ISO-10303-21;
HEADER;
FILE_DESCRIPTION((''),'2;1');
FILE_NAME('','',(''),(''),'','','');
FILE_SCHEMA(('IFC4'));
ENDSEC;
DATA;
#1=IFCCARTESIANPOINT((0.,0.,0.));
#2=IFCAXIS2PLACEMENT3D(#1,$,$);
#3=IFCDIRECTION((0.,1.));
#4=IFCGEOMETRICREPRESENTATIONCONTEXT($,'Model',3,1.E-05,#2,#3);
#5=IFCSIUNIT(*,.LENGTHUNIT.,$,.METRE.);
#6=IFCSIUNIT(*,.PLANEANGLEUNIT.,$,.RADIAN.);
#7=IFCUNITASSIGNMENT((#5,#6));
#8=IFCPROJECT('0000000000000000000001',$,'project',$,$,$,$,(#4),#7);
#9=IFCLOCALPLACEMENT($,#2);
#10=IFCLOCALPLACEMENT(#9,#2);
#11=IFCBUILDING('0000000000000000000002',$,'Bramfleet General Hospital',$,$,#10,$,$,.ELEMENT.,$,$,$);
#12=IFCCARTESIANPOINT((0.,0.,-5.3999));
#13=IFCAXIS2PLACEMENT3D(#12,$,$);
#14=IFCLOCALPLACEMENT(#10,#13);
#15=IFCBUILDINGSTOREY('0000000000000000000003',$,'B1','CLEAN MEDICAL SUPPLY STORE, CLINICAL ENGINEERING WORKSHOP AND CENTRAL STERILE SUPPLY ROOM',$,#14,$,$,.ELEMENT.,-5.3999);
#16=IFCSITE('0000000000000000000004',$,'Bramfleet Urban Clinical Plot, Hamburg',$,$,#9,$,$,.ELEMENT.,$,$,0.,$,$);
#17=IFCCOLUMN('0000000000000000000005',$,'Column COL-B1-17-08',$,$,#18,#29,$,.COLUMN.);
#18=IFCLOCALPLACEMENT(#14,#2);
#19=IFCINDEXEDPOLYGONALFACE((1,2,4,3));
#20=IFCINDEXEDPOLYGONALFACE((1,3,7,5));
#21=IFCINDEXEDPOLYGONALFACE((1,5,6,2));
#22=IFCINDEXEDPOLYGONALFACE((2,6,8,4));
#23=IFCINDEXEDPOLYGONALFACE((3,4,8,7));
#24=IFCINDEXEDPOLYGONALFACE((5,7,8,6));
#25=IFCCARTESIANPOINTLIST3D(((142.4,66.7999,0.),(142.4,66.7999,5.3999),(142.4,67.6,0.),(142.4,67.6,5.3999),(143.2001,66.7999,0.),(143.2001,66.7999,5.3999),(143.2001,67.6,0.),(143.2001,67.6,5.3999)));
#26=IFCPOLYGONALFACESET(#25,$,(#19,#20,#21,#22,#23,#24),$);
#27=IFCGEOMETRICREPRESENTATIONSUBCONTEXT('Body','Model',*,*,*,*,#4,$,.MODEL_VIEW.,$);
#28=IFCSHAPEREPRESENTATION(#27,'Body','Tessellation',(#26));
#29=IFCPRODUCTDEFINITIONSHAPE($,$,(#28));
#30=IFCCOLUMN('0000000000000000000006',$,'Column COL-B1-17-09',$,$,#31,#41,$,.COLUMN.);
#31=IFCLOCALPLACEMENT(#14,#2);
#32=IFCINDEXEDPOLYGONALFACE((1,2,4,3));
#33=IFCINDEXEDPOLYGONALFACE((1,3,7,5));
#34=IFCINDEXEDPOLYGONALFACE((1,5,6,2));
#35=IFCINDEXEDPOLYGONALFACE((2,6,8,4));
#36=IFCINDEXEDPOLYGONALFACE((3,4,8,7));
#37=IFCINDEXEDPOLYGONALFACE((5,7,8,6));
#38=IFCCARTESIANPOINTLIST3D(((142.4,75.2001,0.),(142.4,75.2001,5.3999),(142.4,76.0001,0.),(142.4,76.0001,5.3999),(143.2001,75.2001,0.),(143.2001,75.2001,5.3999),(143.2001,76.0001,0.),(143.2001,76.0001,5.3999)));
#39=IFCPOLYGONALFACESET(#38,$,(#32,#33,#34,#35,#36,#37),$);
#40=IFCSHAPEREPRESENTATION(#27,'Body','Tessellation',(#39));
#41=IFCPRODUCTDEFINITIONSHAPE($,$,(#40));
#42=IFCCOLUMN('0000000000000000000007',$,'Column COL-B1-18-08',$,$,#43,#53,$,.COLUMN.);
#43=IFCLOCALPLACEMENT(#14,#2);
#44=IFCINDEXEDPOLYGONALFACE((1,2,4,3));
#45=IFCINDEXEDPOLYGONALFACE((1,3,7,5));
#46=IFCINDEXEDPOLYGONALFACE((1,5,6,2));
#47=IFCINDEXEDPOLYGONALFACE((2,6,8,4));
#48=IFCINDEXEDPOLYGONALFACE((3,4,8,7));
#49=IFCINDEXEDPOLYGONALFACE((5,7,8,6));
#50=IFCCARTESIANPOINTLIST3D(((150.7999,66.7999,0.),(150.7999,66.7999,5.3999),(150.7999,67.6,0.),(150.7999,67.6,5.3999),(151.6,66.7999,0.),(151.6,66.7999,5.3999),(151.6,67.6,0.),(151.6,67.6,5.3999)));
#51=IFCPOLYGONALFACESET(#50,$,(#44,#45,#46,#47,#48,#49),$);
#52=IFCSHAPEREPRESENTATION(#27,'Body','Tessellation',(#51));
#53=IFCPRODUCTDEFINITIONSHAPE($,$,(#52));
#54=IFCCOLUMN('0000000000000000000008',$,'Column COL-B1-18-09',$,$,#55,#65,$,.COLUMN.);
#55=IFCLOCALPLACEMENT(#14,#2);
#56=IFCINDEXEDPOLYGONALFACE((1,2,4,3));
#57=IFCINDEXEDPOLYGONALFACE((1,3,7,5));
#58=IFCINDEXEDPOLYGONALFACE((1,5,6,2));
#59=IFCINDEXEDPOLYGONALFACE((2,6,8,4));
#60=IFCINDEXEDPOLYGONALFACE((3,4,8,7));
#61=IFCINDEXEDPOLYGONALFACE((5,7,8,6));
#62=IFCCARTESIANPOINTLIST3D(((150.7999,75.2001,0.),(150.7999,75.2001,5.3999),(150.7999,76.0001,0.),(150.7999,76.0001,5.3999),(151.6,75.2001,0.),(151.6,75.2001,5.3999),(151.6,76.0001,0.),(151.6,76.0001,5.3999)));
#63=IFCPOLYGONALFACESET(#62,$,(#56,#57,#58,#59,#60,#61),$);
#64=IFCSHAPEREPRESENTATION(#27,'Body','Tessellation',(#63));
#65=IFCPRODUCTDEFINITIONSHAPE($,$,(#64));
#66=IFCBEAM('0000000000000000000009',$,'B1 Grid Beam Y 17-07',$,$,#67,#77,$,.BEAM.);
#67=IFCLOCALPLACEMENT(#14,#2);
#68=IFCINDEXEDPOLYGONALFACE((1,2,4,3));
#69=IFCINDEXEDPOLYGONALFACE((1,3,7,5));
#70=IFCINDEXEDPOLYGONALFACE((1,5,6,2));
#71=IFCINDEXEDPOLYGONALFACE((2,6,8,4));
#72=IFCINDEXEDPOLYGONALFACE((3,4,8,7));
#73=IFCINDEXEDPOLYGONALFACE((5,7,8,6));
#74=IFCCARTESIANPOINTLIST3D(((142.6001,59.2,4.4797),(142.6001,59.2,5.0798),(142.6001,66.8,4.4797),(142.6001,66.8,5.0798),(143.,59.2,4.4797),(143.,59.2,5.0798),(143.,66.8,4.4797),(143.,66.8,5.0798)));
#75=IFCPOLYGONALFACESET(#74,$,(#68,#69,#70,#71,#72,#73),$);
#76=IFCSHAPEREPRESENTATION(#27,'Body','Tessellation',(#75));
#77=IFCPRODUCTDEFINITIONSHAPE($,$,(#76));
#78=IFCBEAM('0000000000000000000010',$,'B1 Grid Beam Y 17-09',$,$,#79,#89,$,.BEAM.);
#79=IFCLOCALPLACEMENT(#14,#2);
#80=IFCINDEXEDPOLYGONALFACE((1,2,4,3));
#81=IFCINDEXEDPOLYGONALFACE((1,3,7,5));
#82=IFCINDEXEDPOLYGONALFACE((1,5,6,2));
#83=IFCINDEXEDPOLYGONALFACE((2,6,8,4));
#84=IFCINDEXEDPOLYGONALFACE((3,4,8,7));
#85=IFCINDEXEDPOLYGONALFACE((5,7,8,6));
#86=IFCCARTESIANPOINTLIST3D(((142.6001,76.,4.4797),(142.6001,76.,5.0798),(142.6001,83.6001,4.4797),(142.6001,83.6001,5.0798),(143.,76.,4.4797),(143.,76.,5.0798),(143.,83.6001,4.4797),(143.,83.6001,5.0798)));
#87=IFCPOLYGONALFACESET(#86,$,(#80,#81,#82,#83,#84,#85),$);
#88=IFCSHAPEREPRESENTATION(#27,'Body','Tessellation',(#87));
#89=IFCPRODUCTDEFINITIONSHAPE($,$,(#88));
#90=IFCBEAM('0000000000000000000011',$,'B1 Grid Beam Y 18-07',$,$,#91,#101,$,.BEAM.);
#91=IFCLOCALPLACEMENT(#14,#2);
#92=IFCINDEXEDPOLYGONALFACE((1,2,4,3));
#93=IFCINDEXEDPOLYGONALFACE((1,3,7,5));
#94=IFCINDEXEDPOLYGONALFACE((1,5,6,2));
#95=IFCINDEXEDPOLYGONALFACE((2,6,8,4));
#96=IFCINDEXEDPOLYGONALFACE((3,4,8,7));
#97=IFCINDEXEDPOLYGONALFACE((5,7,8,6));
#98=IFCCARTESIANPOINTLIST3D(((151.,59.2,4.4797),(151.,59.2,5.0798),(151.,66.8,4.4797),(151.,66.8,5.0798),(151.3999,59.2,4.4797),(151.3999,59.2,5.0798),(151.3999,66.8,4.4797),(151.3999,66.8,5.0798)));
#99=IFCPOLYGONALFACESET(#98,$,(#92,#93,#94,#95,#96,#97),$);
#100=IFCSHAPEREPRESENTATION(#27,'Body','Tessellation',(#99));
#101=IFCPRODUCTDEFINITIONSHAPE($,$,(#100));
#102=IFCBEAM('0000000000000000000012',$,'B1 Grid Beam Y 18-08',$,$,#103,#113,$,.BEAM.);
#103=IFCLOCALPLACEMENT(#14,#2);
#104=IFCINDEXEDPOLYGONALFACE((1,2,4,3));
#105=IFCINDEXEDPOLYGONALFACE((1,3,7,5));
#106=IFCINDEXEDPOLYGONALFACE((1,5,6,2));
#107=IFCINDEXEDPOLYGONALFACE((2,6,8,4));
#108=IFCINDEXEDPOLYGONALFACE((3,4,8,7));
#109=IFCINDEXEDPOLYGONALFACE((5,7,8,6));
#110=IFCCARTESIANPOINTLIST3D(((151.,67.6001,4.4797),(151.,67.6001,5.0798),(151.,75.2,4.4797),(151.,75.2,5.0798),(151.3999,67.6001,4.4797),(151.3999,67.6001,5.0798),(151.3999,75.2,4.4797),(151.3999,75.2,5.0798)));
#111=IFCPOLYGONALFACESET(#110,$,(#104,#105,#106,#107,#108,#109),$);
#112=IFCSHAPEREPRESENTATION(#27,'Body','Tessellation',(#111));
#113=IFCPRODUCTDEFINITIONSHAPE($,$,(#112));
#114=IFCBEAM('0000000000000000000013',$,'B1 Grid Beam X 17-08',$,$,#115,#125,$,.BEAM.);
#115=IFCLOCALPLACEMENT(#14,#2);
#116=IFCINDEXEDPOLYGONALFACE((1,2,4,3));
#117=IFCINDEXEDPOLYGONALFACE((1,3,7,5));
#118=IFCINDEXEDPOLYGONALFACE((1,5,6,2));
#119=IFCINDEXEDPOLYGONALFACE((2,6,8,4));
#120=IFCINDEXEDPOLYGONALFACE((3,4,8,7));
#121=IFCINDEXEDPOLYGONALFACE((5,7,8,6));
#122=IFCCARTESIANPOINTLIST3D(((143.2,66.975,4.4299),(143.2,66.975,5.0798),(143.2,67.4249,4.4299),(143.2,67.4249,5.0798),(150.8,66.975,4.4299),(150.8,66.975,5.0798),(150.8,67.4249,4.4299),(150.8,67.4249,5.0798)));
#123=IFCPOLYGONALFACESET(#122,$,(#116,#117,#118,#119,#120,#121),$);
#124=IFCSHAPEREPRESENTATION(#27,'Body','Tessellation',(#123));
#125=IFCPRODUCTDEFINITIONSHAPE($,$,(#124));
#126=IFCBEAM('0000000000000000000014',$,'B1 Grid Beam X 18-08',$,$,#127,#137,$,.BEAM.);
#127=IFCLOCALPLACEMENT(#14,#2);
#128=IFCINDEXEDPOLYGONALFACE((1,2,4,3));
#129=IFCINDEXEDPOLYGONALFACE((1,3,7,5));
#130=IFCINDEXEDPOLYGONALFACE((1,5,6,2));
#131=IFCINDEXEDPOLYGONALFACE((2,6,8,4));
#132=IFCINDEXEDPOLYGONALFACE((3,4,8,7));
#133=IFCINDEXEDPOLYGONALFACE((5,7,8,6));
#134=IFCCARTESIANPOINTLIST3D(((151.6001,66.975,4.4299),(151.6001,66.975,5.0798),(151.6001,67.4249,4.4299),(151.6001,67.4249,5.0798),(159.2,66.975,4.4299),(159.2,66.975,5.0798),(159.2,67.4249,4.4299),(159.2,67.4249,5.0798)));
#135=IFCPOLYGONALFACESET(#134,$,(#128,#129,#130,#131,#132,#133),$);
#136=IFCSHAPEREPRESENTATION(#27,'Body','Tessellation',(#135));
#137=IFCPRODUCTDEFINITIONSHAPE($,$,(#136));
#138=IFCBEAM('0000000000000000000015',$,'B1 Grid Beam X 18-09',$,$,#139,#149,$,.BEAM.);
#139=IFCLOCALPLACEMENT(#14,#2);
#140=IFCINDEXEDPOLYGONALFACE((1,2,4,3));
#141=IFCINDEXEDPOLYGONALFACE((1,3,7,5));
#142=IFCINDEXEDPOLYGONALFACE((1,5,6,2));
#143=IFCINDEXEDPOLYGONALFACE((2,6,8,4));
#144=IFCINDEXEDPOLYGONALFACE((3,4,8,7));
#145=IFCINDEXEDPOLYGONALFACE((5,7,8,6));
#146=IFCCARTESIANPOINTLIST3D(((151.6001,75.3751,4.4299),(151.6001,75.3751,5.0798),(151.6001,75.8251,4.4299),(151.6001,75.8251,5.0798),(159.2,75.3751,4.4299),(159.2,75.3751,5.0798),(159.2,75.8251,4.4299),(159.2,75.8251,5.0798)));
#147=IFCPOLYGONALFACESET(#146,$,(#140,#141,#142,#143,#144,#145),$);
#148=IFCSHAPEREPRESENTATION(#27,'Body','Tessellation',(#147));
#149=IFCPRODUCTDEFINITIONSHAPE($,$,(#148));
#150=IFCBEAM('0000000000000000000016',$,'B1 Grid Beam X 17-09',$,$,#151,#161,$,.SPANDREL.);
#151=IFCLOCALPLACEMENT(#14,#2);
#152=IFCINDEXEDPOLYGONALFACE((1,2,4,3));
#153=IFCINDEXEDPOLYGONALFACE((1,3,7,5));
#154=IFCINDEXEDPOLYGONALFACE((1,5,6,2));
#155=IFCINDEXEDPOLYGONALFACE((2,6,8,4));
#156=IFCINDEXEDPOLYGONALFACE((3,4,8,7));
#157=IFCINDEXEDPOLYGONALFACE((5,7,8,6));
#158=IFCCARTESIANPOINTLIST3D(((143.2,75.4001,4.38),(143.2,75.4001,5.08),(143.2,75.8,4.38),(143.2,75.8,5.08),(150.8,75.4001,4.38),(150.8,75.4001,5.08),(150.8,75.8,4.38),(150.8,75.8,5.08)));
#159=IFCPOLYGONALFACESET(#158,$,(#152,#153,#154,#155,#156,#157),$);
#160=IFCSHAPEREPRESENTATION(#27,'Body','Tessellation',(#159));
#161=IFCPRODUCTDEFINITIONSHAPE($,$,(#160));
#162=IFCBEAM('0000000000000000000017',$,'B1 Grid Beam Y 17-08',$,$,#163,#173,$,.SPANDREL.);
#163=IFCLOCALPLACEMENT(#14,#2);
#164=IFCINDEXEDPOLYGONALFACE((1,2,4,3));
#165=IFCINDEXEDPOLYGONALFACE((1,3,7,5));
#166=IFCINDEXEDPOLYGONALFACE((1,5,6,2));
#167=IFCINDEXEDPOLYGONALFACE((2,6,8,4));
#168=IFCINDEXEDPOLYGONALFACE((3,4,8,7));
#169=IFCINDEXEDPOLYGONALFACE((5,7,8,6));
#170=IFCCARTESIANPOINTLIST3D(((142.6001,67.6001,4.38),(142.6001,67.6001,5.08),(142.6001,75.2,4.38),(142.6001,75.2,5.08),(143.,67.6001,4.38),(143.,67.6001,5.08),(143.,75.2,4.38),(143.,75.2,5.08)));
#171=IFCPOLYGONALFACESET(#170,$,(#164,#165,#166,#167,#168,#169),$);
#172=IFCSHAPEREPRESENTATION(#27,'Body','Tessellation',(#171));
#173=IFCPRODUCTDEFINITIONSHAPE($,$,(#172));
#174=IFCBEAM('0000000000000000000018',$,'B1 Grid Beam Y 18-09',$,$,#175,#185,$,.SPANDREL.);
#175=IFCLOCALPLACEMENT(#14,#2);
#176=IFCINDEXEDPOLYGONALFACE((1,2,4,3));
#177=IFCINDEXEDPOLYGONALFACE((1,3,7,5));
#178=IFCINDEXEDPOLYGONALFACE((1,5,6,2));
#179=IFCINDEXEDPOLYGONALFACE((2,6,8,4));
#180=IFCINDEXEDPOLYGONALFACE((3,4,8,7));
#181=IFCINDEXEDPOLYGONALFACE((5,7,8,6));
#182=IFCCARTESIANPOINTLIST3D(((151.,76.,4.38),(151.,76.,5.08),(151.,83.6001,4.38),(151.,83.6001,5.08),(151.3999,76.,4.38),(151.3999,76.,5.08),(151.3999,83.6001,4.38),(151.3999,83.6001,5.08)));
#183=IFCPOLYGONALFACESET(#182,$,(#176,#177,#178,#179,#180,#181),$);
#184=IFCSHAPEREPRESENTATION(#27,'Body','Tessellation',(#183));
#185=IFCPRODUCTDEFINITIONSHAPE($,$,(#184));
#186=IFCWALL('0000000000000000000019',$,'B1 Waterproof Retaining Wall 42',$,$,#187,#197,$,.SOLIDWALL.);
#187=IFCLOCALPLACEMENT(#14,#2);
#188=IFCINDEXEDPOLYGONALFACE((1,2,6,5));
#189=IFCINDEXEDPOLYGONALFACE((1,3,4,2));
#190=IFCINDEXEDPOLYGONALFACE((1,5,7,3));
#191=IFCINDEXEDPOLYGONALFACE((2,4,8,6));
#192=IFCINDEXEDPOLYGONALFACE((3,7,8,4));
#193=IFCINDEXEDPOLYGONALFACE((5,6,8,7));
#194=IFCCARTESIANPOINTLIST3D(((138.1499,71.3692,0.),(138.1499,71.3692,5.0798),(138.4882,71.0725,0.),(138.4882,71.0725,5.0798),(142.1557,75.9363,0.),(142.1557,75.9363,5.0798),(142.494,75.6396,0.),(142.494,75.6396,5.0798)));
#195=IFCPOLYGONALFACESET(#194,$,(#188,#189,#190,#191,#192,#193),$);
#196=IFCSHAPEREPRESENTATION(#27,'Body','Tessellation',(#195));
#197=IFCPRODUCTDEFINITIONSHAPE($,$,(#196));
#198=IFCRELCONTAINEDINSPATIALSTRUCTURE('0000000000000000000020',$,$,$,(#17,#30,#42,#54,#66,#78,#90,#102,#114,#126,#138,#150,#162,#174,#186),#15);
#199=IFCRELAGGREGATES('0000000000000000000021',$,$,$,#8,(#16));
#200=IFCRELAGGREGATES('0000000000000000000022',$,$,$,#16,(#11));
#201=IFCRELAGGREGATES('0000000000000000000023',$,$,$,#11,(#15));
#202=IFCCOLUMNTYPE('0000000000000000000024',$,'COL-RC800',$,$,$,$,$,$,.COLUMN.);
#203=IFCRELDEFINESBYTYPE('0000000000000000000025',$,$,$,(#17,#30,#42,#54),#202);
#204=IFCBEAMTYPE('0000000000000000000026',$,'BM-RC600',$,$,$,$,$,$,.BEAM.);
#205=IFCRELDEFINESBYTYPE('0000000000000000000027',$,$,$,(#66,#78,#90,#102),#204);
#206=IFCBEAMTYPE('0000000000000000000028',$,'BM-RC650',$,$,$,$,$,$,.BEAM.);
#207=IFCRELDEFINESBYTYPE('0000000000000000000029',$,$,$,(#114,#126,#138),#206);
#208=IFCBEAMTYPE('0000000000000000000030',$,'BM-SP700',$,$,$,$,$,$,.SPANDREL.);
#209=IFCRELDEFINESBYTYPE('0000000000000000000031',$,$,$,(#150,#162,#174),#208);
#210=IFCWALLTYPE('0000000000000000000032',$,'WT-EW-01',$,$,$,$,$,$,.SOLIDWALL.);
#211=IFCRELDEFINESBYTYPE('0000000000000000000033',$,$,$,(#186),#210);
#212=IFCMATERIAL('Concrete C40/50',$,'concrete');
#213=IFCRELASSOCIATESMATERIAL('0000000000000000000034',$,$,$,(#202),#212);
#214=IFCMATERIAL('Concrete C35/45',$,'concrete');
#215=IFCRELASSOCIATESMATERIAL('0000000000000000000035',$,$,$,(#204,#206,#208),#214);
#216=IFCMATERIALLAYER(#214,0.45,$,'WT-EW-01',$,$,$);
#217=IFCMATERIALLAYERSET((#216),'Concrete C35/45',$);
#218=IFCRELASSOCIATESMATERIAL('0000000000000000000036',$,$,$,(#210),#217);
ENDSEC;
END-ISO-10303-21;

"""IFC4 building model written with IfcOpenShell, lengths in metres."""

from ifc_helpers import new_model, si_unit, direction, frame, frame_2d, origin, origin_2d, place, context, subcontext, project, spatial, rectangle, extrude, material, layer, layer_set, material_profile, profile_set, type_object, element, save


model = new_model("IFC4")

# Units and contexts
model_context = context("Model", 3, precision=1e-05, world=origin(), true_north=direction((0.0, 1.0)))
body_context = subcontext(model_context, "Body", "Model", "MODEL_VIEW")
ifc_project = project(units=[si_unit("LENGTHUNIT", "METRE"), si_unit("PLANEANGLEUNIT", "RADIAN")], contexts=[model_context])

# Site, building, storey
site_placement = place(None, origin())
site = spatial("IfcSite", under=ifc_project, at=site_placement, Name="Bramfleet Urban Clinical Plot, Hamburg", CompositionType="ELEMENT", RefElevation=0.0)
building_placement = place(site_placement, origin())
building = spatial("IfcBuilding", under=site, at=building_placement, Name="Bramfleet General Hospital", CompositionType="ELEMENT")
storey_placement = place(building_placement, frame((0.0, 0.0, -5.3999)))
storey = spatial("IfcBuildingStorey", under=building, at=storey_placement, Name="B1", Description="CLEAN MEDICAL SUPPLY STORE, CLINICAL ENGINEERING WORKSHOP AND CENTRAL STERILE SUPPLY ROOM", CompositionType="ELEMENT", Elevation=-5.3999)

# Shared definitions
ifc_material_1 = material(Name="Concrete C35/45", Category="concrete")

# Columns
ifc_material_2 = material(Name="Concrete C40/50", Category="concrete")
ifc_material_profile_1 = material_profile(ifc_material_2, rectangle(XDim=0.8, YDim=0.8, at=origin_2d()), Name="RC COL 800x800")
ifc_profile_set_1 = profile_set([ifc_material_profile_1], Name="Concrete C40/50")
column_type = type_object("IfcColumnType", Name="COL-RC800", PredefinedType="COLUMN", material=ifc_profile_set_1)
for number, where, z_axis, x_axis, name in (
    (1, (142.8, 67.2, 0.0), (0.0, 0.0, 1.0), (1.0, 0.0, 0.0), "Column COL-B1-17-08"),
    (2, (142.8, 75.6001, 0.0), (0.0, 0.0, 1.0), (1.0, 0.0, 0.0), "Column COL-B1-17-09"),
    (3, (151.2, 67.2, 0.0), (0.0, 0.0, 1.0), (1.0, 0.0, 0.0), "Column COL-B1-18-08"),
    (4, (151.2, 75.6001, 0.0), (0.0, 0.0, 1.0), (1.0, 0.0, 0.0), "Column COL-B1-18-09"),
):
    element("IfcColumn", number, at=place(storey_placement, frame(where, z_axis=z_axis, x_axis=x_axis)), inside=storey, type_object=column_type, Name=name, PredefinedType="COLUMN", context=body_context, shape_type="SweptSolid", body=[
        extrude(rectangle(XDim=0.8, YDim=0.8, at=origin_2d()), origin(), (0.0, 0.0, 1.0), 5.3999),
    ])

# Beams
ifc_material_profile_2 = material_profile(ifc_material_1, rectangle(XDim=0.3999, YDim=0.6001, at=origin_2d()), Name="RC BM 600x400")
ifc_profile_set_2 = profile_set([ifc_material_profile_2], Name="Concrete C35/45")
beam_type_1 = type_object("IfcBeamType", Name="BM-RC600", PredefinedType="BEAM", material=ifc_profile_set_2)
for number, where, z_axis, x_axis, name in (
    (5, (142.8, 59.2, 4.7798), (0.0, 1.0, 0.0), (-1.0, 0.0, 0.0), "B1 Grid Beam Y 17-07"),
    (6, (142.8, 76.0, 4.7798), (0.0, 1.0, 0.0), (-1.0, 0.0, 0.0), "B1 Grid Beam Y 17-09"),
    (7, (151.2, 59.2, 4.7798), (0.0, 1.0, 0.0), (-1.0, 0.0, 0.0), "B1 Grid Beam Y 18-07"),
):
    element("IfcBeam", number, at=place(storey_placement, frame(where, z_axis=z_axis, x_axis=x_axis)), inside=storey, type_object=beam_type_1, Name=name, PredefinedType="BEAM", context=body_context, shape_type="SweptSolid", body=[
        extrude(rectangle(XDim=0.3999, YDim=0.6001, at=origin_2d()), origin(), (0.0, 0.0, 1.0), 7.6001),
    ])
beam_1_placement = place(storey_placement, frame((151.2, 67.6001, 4.7798), z_axis=(0.0, 1.0, 0.0), x_axis=(-1.0, 0.0, 0.0)))
element("IfcBeam", 8, at=beam_1_placement, inside=storey, type_object=beam_type_1, Name="B1 Grid Beam Y 18-08", PredefinedType="BEAM", context=body_context, shape_type="SweptSolid", body=[
    extrude(rectangle(XDim=0.3999, YDim=0.6001, at=origin_2d()), origin(), (0.0, 0.0, 1.0), 7.5999),
])
ifc_material_profile_3 = material_profile(ifc_material_1, rectangle(XDim=0.45, YDim=0.6499, at=origin_2d()), Name="RC BM 650x450")
ifc_profile_set_3 = profile_set([ifc_material_profile_3], Name="Concrete C35/45")
beam_type_2 = type_object("IfcBeamType", Name="BM-RC650", PredefinedType="BEAM", material=ifc_profile_set_3)
beam_2_placement = place(storey_placement, frame((143.2, 67.2, 4.7549), z_axis=(1.0, 0.0, 0.0), x_axis=(0.0, 1.0, 0.0)))
element("IfcBeam", 9, at=beam_2_placement, inside=storey, type_object=beam_type_2, Name="B1 Grid Beam X 17-08", PredefinedType="BEAM", context=body_context, shape_type="SweptSolid", body=[
    extrude(rectangle(XDim=0.45, YDim=0.6499, at=origin_2d()), origin(), (0.0, 0.0, 1.0), 7.6001),
])
for number, where, z_axis, x_axis, name in (
    (10, (151.6001, 67.2, 4.7549), (1.0, 0.0, 0.0), (0.0, 1.0, 0.0), "B1 Grid Beam X 18-08"),
    (11, (151.6001, 75.6001, 4.7549), (1.0, 0.0, 0.0), (0.0, 1.0, 0.0), "B1 Grid Beam X 18-09"),
):
    element("IfcBeam", number, at=place(storey_placement, frame(where, z_axis=z_axis, x_axis=x_axis)), inside=storey, type_object=beam_type_2, Name=name, PredefinedType="BEAM", context=body_context, shape_type="SweptSolid", body=[
        extrude(rectangle(XDim=0.45, YDim=0.6499, at=origin_2d()), origin(), (0.0, 0.0, 1.0), 7.5999),
    ])
ifc_material_profile_4 = material_profile(ifc_material_1, rectangle(XDim=0.3999, YDim=0.7, at=origin_2d()), Name="RC SP 700x400")
ifc_profile_set_4 = profile_set([ifc_material_profile_4], Name="Concrete C35/45")
beam_type_3 = type_object("IfcBeamType", Name="BM-SP700", PredefinedType="SPANDREL", material=ifc_profile_set_4)
beam_3_placement = place(storey_placement, frame((143.2, 75.6001, 4.73), z_axis=(1.0, 0.0, 0.0), x_axis=(0.0, 1.0, 0.0)))
element("IfcBeam", 12, at=beam_3_placement, inside=storey, type_object=beam_type_3, Name="B1 Grid Beam X 17-09", PredefinedType="SPANDREL", context=body_context, shape_type="SweptSolid", body=[
    extrude(rectangle(XDim=0.3999, YDim=0.7, at=origin_2d()), origin(), (0.0, 0.0, 1.0), 7.6001),
])
beam_4_placement = place(storey_placement, frame((142.8, 67.6001, 4.73), z_axis=(0.0, 1.0, 0.0), x_axis=(-1.0, 0.0, 0.0)))
element("IfcBeam", 13, at=beam_4_placement, inside=storey, type_object=beam_type_3, Name="B1 Grid Beam Y 17-08", PredefinedType="SPANDREL", context=body_context, shape_type="SweptSolid", body=[
    extrude(rectangle(XDim=0.3999, YDim=0.7, at=origin_2d()), origin(), (0.0, 0.0, 1.0), 7.5999),
])
beam_5_placement = place(storey_placement, frame((151.2, 76.0, 4.73), z_axis=(0.0, 1.0, 0.0), x_axis=(-1.0, 0.0, 0.0)))
element("IfcBeam", 14, at=beam_5_placement, inside=storey, type_object=beam_type_3, Name="B1 Grid Beam Y 18-09", PredefinedType="SPANDREL", context=body_context, shape_type="SweptSolid", body=[
    extrude(rectangle(XDim=0.3999, YDim=0.7, at=origin_2d()), origin(), (0.0, 0.0, 1.0), 7.6001),
])

# Wall
ifc_layer = layer(ifc_material_1, 0.45, Name="WT-EW-01")
ifc_layer_set = layer_set([ifc_layer], Name="Concrete C35/45")
wall_type = type_object("IfcWallType", Name="WT-EW-01", PredefinedType="SOLIDWALL", material=ifc_layer_set)
wall_placement = place(storey_placement, frame((142.325, 75.7881, 0.0), z_axis=(0.0, 0.0, 1.0), x_axis=(-0.6594, -0.751792, 0.0)))
element("IfcWall", 15, at=wall_placement, inside=storey, type_object=wall_type, Name="B1 Waterproof Retaining Wall 42", PredefinedType="SOLIDWALL", context=body_context, shape_type="SweptSolid", body=[
    extrude(rectangle(XDim=6.075, YDim=0.45, at=frame_2d((3.0376, 0.0))), origin(), (0.0, 0.0, 1.0), 5.0798),
])

save(model, "model.ifc")
